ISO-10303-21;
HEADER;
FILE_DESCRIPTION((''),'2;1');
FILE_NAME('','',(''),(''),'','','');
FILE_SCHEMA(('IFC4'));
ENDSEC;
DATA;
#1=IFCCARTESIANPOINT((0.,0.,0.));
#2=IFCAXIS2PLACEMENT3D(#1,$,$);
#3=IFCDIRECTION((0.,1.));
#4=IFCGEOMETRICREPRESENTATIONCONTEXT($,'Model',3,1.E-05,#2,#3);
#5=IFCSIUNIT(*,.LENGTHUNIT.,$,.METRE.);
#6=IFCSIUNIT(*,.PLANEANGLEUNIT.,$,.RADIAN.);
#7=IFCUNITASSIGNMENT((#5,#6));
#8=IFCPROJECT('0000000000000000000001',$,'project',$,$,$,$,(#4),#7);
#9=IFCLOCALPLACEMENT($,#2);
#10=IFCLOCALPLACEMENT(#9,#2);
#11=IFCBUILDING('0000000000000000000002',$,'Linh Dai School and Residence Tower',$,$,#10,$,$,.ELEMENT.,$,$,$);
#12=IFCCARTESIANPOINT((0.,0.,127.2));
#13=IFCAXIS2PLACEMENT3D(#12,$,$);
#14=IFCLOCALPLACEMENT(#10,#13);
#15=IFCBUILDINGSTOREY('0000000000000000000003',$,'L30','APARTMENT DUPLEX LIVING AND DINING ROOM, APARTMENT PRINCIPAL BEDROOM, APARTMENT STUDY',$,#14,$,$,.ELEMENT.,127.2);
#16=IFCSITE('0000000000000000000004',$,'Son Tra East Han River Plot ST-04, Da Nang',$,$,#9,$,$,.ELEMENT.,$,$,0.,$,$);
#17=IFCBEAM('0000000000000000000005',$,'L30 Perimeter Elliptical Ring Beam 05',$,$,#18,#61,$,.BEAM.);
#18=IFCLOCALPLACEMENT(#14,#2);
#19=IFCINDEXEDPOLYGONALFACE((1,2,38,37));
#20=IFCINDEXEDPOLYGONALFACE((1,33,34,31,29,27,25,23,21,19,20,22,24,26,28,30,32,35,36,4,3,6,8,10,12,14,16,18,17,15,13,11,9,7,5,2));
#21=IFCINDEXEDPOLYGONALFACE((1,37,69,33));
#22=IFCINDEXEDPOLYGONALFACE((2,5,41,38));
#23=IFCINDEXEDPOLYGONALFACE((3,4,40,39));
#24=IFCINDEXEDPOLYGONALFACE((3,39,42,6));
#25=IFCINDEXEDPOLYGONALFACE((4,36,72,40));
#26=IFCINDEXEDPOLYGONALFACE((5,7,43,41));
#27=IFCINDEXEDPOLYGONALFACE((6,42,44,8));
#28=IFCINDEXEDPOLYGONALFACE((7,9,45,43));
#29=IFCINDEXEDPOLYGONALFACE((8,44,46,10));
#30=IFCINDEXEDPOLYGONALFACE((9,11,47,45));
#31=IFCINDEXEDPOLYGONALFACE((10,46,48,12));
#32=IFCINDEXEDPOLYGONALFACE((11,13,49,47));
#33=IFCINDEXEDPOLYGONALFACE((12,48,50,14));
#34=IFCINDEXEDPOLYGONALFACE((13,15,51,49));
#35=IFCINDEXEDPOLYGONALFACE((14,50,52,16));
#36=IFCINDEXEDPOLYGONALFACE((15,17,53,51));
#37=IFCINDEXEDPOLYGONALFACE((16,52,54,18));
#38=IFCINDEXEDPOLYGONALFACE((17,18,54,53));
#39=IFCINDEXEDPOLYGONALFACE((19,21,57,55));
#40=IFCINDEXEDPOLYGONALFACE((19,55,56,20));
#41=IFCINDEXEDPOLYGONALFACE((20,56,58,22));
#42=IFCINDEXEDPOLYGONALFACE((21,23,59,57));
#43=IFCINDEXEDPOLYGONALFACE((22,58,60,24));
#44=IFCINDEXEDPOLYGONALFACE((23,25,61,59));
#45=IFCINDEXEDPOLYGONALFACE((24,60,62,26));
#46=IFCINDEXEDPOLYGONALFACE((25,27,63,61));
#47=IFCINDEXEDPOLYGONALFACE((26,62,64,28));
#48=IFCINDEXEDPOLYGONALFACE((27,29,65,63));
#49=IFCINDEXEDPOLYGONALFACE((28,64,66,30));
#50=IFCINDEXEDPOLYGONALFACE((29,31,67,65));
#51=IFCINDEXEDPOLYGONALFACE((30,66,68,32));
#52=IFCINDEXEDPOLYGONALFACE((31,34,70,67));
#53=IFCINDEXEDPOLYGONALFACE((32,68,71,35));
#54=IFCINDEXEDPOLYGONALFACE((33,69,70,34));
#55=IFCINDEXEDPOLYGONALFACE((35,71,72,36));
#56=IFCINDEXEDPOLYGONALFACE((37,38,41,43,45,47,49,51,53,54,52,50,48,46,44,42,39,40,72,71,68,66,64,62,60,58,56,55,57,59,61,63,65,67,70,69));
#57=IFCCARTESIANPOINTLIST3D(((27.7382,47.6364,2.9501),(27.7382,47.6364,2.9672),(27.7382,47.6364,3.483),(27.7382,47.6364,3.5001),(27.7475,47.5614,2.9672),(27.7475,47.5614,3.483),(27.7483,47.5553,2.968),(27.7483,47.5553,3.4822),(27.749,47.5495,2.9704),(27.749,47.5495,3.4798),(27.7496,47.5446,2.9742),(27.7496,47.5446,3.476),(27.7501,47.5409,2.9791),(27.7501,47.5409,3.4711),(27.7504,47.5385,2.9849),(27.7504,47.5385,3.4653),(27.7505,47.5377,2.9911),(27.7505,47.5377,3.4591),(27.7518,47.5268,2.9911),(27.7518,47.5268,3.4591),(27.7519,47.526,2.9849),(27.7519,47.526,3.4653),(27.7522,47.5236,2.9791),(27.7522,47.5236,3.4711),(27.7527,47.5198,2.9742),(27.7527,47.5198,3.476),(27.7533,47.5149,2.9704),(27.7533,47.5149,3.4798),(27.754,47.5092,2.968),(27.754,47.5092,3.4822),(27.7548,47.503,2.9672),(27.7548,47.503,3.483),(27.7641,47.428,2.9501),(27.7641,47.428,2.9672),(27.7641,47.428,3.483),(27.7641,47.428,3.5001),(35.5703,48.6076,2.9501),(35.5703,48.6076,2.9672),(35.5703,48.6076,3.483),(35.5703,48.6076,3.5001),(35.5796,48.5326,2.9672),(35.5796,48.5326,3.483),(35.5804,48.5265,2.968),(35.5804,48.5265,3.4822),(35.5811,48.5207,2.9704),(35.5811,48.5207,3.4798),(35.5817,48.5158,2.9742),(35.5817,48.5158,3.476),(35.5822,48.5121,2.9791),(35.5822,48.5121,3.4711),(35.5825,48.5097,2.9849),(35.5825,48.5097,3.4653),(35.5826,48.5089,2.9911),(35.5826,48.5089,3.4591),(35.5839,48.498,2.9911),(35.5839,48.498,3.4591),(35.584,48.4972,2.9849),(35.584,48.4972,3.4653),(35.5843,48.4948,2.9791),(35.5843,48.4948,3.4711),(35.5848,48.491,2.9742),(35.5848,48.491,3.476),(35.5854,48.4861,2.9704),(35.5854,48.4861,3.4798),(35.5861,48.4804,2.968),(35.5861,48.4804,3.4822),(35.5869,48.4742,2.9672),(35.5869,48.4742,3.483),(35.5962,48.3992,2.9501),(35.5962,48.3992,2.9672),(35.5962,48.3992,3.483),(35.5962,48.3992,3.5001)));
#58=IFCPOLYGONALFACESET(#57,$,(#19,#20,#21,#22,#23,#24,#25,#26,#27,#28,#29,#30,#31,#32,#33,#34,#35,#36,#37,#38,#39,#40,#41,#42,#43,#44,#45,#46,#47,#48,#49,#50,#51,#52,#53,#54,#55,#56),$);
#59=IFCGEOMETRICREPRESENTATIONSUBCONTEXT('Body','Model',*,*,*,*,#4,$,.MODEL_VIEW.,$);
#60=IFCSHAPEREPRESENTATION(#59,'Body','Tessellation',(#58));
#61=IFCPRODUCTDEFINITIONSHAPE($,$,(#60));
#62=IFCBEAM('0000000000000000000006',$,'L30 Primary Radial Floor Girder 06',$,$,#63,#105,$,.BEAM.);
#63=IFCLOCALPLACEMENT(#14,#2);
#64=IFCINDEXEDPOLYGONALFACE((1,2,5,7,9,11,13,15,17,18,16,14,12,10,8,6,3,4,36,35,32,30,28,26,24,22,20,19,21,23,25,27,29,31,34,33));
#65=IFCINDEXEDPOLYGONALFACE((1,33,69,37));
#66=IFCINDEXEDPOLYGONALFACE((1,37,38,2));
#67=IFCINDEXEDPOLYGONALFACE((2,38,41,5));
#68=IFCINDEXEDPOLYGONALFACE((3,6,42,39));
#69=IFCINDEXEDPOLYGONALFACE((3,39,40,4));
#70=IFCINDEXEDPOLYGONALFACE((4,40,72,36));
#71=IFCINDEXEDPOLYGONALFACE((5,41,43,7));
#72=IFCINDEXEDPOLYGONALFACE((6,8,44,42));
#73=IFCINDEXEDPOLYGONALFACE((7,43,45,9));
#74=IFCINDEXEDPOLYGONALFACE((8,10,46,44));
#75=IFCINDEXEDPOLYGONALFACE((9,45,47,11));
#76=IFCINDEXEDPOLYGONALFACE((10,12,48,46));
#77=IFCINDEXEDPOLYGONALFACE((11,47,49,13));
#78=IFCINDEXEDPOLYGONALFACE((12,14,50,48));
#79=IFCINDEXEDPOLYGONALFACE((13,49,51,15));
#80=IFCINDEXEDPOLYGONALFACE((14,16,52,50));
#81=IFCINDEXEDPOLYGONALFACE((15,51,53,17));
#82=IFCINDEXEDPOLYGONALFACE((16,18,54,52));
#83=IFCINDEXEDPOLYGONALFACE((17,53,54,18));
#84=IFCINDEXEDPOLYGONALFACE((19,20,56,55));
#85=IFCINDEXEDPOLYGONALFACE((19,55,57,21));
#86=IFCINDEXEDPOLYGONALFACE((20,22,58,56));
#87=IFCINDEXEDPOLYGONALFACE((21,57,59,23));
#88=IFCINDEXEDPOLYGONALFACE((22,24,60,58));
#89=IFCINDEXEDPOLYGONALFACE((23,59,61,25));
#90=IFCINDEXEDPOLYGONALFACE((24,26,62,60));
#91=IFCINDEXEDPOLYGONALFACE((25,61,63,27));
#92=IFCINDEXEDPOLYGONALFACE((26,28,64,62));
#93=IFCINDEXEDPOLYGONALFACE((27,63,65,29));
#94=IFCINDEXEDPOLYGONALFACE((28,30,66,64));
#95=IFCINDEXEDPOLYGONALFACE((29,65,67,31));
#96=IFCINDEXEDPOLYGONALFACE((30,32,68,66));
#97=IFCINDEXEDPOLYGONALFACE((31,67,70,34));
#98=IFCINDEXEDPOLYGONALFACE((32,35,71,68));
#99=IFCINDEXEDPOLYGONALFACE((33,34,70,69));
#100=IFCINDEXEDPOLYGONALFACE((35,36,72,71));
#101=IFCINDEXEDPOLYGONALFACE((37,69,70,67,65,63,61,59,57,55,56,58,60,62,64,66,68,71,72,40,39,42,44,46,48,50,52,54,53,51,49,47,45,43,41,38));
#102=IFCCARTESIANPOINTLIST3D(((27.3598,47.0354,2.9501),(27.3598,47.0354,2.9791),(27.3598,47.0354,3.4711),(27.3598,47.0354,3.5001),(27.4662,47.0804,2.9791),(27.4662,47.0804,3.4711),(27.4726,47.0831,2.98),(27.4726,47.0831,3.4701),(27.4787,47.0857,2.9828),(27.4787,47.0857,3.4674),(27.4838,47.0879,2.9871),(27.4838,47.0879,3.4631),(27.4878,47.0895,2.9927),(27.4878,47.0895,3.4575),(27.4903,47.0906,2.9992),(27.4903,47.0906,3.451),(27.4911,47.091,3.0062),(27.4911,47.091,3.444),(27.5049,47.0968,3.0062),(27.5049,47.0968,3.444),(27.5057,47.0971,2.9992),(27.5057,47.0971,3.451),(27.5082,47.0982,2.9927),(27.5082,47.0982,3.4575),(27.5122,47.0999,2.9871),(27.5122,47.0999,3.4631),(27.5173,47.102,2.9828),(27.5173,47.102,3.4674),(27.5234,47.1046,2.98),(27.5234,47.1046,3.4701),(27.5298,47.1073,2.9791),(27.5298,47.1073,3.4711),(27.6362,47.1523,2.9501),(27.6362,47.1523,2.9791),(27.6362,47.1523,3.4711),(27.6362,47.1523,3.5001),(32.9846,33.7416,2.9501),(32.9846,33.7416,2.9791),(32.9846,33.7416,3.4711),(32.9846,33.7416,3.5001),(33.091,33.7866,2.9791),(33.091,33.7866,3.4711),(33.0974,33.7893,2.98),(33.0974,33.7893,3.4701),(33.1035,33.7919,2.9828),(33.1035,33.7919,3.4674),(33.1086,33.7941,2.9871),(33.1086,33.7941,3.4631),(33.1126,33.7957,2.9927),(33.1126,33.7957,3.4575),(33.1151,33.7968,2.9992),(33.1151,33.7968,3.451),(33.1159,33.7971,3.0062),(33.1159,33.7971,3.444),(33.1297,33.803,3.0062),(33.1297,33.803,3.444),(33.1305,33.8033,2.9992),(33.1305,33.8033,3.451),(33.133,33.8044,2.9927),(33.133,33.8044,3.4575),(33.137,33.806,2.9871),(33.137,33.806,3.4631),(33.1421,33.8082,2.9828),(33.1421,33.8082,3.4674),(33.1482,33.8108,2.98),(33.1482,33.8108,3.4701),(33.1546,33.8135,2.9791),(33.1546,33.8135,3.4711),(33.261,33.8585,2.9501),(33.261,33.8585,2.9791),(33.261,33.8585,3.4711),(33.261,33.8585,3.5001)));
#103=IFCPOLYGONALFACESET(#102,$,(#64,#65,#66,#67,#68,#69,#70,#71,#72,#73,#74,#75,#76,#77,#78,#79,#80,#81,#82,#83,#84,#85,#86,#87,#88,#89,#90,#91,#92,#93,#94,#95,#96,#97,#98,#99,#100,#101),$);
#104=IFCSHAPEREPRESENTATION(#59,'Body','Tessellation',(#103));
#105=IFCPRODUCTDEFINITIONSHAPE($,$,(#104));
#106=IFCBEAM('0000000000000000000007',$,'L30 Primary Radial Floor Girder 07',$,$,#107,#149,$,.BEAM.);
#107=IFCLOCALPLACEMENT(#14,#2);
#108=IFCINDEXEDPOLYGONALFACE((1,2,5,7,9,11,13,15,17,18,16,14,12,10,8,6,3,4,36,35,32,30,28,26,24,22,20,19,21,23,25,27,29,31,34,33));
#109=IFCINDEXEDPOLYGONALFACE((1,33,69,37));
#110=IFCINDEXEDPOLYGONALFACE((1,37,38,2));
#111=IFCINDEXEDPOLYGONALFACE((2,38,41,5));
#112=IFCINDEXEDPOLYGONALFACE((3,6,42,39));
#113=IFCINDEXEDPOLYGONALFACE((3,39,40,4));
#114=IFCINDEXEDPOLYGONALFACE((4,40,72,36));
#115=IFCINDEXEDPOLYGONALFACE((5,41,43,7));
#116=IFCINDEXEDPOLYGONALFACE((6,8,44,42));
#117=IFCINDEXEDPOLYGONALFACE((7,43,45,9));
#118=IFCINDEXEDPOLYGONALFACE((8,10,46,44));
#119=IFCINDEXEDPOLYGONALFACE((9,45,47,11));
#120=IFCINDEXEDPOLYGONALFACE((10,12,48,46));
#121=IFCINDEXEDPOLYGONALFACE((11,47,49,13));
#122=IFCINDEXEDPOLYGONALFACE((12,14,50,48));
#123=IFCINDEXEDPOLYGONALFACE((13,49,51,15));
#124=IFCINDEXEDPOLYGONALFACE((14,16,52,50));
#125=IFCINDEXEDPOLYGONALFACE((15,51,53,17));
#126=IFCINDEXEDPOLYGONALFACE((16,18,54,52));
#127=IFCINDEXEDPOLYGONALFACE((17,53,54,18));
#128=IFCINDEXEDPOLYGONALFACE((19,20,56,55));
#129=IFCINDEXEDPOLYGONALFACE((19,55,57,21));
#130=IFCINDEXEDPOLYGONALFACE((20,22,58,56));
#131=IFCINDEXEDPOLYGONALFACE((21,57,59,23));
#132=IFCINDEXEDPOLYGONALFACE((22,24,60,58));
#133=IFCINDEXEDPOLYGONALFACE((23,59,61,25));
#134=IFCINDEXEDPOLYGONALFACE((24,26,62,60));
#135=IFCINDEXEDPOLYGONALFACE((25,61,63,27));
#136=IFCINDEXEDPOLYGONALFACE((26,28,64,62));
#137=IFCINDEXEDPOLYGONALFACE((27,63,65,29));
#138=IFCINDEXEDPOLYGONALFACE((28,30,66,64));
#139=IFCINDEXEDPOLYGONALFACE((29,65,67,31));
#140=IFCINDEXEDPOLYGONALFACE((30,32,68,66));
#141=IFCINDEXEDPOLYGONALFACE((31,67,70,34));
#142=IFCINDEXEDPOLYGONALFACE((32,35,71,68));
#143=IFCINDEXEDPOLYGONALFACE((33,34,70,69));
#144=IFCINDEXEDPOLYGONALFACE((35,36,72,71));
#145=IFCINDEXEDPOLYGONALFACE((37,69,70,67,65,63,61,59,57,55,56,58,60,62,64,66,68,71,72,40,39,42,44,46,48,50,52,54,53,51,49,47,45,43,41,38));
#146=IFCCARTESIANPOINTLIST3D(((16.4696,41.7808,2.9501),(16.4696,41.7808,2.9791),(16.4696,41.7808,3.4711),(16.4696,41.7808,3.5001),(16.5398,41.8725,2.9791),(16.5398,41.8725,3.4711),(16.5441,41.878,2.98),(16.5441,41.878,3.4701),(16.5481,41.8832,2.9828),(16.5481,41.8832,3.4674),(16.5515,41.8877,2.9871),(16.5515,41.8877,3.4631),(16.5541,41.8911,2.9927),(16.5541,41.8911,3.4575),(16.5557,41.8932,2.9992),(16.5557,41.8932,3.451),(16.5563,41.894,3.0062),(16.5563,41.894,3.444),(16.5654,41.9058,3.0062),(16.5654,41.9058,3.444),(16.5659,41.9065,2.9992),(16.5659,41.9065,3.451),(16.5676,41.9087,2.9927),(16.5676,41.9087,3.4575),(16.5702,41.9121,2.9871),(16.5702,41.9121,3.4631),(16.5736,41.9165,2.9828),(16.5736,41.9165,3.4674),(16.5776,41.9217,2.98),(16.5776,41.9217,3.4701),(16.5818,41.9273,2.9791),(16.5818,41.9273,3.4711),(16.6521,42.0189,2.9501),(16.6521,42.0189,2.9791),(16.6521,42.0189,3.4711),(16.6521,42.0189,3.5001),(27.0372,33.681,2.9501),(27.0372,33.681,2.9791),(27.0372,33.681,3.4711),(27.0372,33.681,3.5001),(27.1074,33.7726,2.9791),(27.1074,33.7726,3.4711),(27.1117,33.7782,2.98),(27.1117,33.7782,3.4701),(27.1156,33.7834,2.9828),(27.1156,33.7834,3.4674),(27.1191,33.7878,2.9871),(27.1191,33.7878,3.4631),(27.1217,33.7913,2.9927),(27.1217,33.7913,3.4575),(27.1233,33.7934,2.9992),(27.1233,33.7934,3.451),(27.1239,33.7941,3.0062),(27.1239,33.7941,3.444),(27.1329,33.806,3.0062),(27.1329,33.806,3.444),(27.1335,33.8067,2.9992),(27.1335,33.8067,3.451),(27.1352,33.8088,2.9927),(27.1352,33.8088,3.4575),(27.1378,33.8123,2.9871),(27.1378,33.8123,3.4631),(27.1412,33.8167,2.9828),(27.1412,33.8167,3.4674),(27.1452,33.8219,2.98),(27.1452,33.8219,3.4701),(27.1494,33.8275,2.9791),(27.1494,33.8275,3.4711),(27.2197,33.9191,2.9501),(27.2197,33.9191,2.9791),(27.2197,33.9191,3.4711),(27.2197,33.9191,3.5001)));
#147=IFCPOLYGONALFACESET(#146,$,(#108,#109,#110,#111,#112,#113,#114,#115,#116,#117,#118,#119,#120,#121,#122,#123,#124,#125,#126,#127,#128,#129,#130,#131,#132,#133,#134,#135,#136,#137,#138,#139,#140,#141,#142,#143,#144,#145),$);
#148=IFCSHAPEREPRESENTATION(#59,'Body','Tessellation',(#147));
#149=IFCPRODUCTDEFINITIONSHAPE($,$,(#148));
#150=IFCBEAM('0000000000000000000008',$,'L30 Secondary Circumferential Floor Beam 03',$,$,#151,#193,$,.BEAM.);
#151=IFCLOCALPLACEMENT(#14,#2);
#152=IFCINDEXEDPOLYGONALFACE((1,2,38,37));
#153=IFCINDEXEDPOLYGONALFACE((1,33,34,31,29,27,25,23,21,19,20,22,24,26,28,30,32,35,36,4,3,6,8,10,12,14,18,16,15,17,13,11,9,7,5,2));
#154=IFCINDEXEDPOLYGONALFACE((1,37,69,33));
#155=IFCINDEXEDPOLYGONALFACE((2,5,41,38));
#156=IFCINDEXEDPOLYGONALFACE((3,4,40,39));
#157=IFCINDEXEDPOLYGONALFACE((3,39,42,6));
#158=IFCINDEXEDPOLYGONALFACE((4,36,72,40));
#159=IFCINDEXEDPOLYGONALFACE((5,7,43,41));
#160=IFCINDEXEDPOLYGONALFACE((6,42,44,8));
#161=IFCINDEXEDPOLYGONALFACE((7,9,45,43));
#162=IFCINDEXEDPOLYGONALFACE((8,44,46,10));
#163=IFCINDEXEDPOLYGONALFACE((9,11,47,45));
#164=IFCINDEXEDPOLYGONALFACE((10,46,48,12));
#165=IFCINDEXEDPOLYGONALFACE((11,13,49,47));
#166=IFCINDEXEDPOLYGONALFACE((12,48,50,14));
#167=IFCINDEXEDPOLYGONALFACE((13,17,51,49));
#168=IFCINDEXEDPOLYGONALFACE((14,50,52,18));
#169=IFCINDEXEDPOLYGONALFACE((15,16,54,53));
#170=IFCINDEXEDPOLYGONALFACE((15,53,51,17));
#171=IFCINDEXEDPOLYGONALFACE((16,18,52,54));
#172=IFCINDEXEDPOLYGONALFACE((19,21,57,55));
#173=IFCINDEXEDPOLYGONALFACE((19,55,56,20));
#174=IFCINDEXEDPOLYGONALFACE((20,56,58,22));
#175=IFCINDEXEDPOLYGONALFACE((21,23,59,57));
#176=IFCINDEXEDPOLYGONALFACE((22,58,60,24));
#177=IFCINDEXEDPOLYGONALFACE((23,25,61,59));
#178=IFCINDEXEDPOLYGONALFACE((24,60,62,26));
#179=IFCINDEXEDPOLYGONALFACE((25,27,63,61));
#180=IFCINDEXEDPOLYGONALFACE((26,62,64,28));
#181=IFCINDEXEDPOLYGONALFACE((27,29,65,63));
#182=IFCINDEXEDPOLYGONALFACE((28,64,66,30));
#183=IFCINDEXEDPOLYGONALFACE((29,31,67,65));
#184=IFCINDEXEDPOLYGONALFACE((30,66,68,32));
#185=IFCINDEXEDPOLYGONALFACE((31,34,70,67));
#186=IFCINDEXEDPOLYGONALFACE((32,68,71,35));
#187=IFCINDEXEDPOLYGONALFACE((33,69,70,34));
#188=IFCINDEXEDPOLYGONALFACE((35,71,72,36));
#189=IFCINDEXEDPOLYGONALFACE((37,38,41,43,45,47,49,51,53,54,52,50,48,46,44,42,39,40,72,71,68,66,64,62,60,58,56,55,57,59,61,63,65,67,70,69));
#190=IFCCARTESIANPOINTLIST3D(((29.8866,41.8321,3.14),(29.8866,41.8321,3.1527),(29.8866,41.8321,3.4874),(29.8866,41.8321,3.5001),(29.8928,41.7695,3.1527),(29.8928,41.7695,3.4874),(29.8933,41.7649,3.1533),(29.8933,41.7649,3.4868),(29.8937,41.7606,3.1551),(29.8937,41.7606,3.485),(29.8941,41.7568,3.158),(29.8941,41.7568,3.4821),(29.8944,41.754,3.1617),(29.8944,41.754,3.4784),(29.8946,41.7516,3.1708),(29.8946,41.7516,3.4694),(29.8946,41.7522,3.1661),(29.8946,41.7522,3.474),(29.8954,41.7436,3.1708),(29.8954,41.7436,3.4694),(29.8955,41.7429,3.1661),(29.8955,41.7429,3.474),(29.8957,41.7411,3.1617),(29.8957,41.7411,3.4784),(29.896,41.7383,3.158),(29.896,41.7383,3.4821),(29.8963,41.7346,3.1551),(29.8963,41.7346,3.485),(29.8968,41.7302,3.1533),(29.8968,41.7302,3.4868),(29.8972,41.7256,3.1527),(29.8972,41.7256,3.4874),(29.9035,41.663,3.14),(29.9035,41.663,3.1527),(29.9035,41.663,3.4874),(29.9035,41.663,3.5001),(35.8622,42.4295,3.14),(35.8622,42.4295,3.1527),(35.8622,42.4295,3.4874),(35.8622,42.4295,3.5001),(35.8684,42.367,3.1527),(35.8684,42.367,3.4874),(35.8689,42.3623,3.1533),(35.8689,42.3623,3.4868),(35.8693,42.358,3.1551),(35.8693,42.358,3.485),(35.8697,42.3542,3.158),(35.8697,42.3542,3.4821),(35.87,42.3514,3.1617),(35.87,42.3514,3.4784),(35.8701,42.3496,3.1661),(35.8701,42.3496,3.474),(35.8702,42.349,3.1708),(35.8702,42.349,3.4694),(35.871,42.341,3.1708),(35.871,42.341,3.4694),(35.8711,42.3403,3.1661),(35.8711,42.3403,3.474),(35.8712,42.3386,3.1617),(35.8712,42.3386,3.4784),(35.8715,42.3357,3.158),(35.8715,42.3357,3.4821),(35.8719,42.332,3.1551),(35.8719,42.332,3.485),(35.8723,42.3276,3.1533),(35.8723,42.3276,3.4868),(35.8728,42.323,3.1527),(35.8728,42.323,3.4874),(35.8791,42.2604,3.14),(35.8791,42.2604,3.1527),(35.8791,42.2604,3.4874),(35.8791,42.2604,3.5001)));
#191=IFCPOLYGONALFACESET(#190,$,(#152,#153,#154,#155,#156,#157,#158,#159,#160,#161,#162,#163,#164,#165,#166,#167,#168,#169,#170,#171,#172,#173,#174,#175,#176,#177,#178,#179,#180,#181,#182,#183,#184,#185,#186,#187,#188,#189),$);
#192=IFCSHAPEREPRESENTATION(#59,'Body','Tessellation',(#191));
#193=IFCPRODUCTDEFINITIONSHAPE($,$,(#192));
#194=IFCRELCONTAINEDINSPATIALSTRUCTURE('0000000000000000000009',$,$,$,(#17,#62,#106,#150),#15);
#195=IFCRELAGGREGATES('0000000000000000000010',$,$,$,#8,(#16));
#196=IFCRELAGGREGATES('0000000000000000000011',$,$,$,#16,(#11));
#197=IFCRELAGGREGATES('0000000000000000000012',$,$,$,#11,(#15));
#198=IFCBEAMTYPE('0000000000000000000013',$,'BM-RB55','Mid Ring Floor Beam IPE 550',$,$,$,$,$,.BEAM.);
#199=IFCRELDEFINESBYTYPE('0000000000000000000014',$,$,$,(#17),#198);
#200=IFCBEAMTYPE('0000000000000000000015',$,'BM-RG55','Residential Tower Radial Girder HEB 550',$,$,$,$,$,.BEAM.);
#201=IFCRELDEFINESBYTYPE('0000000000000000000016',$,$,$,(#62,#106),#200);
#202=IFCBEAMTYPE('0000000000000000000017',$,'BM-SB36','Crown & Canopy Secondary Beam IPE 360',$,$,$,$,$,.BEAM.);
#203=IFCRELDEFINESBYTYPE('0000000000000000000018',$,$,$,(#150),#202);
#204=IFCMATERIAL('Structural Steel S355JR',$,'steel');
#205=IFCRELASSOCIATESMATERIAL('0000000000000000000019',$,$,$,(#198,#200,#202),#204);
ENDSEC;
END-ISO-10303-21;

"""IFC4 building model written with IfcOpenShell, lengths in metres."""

from ifc_helpers import new_model, si_unit, direction, frame, origin, origin_2d, place, context, subcontext, project, spatial, i_section, extrude, material, material_profile, profile_set, type_object, element, save


model = new_model("IFC4")

# Units and contexts
model_context = context("Model", 3, precision=1e-05, world=origin(), true_north=direction((0.0, 1.0)))
body_context = subcontext(model_context, "Body", "Model", "MODEL_VIEW")
ifc_project = project(units=[si_unit("LENGTHUNIT", "METRE"), si_unit("PLANEANGLEUNIT", "RADIAN")], contexts=[model_context])

# Site, building, storey
site_placement = place(None, origin())
site = spatial("IfcSite", under=ifc_project, at=site_placement, Name="Son Tra East Han River Plot ST-04, Da Nang", CompositionType="ELEMENT", RefElevation=0.0)
building_placement = place(site_placement, origin())
building = spatial("IfcBuilding", under=site, at=building_placement, Name="Linh Dai School and Residence Tower", CompositionType="ELEMENT")
storey_placement = place(building_placement, frame((0.0, 0.0, 127.2)))
storey = spatial("IfcBuildingStorey", under=building, at=storey_placement, Name="L30", Description="APARTMENT DUPLEX LIVING AND DINING ROOM, APARTMENT PRINCIPAL BEDROOM, APARTMENT STUDY", CompositionType="ELEMENT", Elevation=127.2)

# Shared definitions
ifc_material_1 = material(Name="Structural Steel S355JR", Category="steel")

# Beams
ifc_material_profile_1 = material_profile(ifc_material_1, i_section(OverallWidth=0.21, OverallDepth=0.55, WebThickness=0.011, FlangeThickness=0.0171, FilletRadius=0.0239, at=origin_2d()), Name="IPE 550")
ifc_profile_set_1 = profile_set([ifc_material_profile_1], Name="Structural Steel S355JR")
beam_type_1 = type_object("IfcBeamType", Name="BM-RB55", Description="Mid Ring Floor Beam IPE 550", PredefinedType="BEAM", material=ifc_profile_set_1)
beam_1_placement = place(storey_placement, frame((35.5833, 48.5034, 3.2251), z_axis=(-0.992399, -0.12306, 0.0), x_axis=(0.12306, -0.992399, 0.0)))
element("IfcBeam", 1, at=beam_1_placement, inside=storey, type_object=beam_type_1, Name="L30 Perimeter Elliptical Ring Beam 05", PredefinedType="BEAM", context=body_context, shape_type="SweptSolid", body=[
    extrude(i_section(OverallWidth=0.21, OverallDepth=0.55, WebThickness=0.011, FlangeThickness=0.0171, FilletRadius=0.0239, at=origin_2d()), origin(), (0.0, 0.0, 1.0), 7.8921),
])
ifc_material_profile_2 = material_profile(ifc_material_1, i_section(OverallWidth=0.3, OverallDepth=0.55, WebThickness=0.0149, FlangeThickness=0.0291, FilletRadius=0.0271, at=origin_2d()), Name="HEB 550")
ifc_profile_set_2 = profile_set([ifc_material_profile_2], Name="Structural Steel S355JR")
beam_type_2 = type_object("IfcBeamType", Name="BM-RG55", Description="Residential Tower Radial Girder HEB 550", PredefinedType="BEAM", material=ifc_profile_set_2)
beam_2_placement = place(storey_placement, frame((33.1228, 33.8, 3.2251), z_axis=(-0.389669, 0.920955, 0.0), x_axis=(-0.920955, -0.389669, 0.0)))
element("IfcBeam", 2, at=beam_2_placement, inside=storey, type_object=beam_type_2, Name="L30 Primary Radial Floor Girder 06", PredefinedType="BEAM", context=body_context, shape_type="SweptSolid", body=[
    extrude(i_section(OverallWidth=0.3, OverallDepth=0.55, WebThickness=0.0149, FlangeThickness=0.0291, FilletRadius=0.0271, at=origin_2d()), origin(), (0.0, 0.0, 1.0), 14.4348),
])
beam_3_placement = place(storey_placement, frame((27.1284, 33.8, 3.2251), z_axis=(-0.793679, 0.608337, 0.0), x_axis=(-0.608337, -0.793679, 0.0)))
element("IfcBeam", 3, at=beam_3_placement, inside=storey, type_object=beam_type_2, Name="L30 Primary Radial Floor Girder 07", PredefinedType="BEAM", context=body_context, shape_type="SweptSolid", body=[
    extrude(i_section(OverallWidth=0.3, OverallDepth=0.55, WebThickness=0.0149, FlangeThickness=0.0291, FilletRadius=0.0271, at=origin_2d()), origin(), (0.0, 0.0, 1.0), 13.3147),
])
ifc_material_profile_3 = material_profile(ifc_material_1, i_section(OverallWidth=0.1699, OverallDepth=0.3601, WebThickness=0.0081, FlangeThickness=0.0127, FilletRadius=0.0181, at=origin_2d()), Name="IPE 360")
ifc_profile_set_3 = profile_set([ifc_material_profile_3], Name="Structural Steel S355JR")
beam_type_3 = type_object("IfcBeamType", Name="BM-SB36", Description="Crown & Canopy Secondary Beam IPE 360", PredefinedType="BEAM", material=ifc_profile_set_3)
beam_4_placement = place(storey_placement, frame((35.8706, 42.345, 3.3201), z_axis=(-0.99504, -0.09948, 0.0), x_axis=(0.09948, -0.99504, 0.0)))
element("IfcBeam", 4, at=beam_4_placement, inside=storey, type_object=beam_type_3, Name="L30 Secondary Circumferential Floor Beam 03", PredefinedType="BEAM", context=body_context, shape_type="SweptSolid", body=[
    extrude(i_section(OverallWidth=0.1699, OverallDepth=0.3601, WebThickness=0.0081, FlangeThickness=0.0127, FilletRadius=0.0181, at=origin_2d()), origin(), (0.0, 0.0, 1.0), 6.0054),
])

save(model, "model.ifc")
